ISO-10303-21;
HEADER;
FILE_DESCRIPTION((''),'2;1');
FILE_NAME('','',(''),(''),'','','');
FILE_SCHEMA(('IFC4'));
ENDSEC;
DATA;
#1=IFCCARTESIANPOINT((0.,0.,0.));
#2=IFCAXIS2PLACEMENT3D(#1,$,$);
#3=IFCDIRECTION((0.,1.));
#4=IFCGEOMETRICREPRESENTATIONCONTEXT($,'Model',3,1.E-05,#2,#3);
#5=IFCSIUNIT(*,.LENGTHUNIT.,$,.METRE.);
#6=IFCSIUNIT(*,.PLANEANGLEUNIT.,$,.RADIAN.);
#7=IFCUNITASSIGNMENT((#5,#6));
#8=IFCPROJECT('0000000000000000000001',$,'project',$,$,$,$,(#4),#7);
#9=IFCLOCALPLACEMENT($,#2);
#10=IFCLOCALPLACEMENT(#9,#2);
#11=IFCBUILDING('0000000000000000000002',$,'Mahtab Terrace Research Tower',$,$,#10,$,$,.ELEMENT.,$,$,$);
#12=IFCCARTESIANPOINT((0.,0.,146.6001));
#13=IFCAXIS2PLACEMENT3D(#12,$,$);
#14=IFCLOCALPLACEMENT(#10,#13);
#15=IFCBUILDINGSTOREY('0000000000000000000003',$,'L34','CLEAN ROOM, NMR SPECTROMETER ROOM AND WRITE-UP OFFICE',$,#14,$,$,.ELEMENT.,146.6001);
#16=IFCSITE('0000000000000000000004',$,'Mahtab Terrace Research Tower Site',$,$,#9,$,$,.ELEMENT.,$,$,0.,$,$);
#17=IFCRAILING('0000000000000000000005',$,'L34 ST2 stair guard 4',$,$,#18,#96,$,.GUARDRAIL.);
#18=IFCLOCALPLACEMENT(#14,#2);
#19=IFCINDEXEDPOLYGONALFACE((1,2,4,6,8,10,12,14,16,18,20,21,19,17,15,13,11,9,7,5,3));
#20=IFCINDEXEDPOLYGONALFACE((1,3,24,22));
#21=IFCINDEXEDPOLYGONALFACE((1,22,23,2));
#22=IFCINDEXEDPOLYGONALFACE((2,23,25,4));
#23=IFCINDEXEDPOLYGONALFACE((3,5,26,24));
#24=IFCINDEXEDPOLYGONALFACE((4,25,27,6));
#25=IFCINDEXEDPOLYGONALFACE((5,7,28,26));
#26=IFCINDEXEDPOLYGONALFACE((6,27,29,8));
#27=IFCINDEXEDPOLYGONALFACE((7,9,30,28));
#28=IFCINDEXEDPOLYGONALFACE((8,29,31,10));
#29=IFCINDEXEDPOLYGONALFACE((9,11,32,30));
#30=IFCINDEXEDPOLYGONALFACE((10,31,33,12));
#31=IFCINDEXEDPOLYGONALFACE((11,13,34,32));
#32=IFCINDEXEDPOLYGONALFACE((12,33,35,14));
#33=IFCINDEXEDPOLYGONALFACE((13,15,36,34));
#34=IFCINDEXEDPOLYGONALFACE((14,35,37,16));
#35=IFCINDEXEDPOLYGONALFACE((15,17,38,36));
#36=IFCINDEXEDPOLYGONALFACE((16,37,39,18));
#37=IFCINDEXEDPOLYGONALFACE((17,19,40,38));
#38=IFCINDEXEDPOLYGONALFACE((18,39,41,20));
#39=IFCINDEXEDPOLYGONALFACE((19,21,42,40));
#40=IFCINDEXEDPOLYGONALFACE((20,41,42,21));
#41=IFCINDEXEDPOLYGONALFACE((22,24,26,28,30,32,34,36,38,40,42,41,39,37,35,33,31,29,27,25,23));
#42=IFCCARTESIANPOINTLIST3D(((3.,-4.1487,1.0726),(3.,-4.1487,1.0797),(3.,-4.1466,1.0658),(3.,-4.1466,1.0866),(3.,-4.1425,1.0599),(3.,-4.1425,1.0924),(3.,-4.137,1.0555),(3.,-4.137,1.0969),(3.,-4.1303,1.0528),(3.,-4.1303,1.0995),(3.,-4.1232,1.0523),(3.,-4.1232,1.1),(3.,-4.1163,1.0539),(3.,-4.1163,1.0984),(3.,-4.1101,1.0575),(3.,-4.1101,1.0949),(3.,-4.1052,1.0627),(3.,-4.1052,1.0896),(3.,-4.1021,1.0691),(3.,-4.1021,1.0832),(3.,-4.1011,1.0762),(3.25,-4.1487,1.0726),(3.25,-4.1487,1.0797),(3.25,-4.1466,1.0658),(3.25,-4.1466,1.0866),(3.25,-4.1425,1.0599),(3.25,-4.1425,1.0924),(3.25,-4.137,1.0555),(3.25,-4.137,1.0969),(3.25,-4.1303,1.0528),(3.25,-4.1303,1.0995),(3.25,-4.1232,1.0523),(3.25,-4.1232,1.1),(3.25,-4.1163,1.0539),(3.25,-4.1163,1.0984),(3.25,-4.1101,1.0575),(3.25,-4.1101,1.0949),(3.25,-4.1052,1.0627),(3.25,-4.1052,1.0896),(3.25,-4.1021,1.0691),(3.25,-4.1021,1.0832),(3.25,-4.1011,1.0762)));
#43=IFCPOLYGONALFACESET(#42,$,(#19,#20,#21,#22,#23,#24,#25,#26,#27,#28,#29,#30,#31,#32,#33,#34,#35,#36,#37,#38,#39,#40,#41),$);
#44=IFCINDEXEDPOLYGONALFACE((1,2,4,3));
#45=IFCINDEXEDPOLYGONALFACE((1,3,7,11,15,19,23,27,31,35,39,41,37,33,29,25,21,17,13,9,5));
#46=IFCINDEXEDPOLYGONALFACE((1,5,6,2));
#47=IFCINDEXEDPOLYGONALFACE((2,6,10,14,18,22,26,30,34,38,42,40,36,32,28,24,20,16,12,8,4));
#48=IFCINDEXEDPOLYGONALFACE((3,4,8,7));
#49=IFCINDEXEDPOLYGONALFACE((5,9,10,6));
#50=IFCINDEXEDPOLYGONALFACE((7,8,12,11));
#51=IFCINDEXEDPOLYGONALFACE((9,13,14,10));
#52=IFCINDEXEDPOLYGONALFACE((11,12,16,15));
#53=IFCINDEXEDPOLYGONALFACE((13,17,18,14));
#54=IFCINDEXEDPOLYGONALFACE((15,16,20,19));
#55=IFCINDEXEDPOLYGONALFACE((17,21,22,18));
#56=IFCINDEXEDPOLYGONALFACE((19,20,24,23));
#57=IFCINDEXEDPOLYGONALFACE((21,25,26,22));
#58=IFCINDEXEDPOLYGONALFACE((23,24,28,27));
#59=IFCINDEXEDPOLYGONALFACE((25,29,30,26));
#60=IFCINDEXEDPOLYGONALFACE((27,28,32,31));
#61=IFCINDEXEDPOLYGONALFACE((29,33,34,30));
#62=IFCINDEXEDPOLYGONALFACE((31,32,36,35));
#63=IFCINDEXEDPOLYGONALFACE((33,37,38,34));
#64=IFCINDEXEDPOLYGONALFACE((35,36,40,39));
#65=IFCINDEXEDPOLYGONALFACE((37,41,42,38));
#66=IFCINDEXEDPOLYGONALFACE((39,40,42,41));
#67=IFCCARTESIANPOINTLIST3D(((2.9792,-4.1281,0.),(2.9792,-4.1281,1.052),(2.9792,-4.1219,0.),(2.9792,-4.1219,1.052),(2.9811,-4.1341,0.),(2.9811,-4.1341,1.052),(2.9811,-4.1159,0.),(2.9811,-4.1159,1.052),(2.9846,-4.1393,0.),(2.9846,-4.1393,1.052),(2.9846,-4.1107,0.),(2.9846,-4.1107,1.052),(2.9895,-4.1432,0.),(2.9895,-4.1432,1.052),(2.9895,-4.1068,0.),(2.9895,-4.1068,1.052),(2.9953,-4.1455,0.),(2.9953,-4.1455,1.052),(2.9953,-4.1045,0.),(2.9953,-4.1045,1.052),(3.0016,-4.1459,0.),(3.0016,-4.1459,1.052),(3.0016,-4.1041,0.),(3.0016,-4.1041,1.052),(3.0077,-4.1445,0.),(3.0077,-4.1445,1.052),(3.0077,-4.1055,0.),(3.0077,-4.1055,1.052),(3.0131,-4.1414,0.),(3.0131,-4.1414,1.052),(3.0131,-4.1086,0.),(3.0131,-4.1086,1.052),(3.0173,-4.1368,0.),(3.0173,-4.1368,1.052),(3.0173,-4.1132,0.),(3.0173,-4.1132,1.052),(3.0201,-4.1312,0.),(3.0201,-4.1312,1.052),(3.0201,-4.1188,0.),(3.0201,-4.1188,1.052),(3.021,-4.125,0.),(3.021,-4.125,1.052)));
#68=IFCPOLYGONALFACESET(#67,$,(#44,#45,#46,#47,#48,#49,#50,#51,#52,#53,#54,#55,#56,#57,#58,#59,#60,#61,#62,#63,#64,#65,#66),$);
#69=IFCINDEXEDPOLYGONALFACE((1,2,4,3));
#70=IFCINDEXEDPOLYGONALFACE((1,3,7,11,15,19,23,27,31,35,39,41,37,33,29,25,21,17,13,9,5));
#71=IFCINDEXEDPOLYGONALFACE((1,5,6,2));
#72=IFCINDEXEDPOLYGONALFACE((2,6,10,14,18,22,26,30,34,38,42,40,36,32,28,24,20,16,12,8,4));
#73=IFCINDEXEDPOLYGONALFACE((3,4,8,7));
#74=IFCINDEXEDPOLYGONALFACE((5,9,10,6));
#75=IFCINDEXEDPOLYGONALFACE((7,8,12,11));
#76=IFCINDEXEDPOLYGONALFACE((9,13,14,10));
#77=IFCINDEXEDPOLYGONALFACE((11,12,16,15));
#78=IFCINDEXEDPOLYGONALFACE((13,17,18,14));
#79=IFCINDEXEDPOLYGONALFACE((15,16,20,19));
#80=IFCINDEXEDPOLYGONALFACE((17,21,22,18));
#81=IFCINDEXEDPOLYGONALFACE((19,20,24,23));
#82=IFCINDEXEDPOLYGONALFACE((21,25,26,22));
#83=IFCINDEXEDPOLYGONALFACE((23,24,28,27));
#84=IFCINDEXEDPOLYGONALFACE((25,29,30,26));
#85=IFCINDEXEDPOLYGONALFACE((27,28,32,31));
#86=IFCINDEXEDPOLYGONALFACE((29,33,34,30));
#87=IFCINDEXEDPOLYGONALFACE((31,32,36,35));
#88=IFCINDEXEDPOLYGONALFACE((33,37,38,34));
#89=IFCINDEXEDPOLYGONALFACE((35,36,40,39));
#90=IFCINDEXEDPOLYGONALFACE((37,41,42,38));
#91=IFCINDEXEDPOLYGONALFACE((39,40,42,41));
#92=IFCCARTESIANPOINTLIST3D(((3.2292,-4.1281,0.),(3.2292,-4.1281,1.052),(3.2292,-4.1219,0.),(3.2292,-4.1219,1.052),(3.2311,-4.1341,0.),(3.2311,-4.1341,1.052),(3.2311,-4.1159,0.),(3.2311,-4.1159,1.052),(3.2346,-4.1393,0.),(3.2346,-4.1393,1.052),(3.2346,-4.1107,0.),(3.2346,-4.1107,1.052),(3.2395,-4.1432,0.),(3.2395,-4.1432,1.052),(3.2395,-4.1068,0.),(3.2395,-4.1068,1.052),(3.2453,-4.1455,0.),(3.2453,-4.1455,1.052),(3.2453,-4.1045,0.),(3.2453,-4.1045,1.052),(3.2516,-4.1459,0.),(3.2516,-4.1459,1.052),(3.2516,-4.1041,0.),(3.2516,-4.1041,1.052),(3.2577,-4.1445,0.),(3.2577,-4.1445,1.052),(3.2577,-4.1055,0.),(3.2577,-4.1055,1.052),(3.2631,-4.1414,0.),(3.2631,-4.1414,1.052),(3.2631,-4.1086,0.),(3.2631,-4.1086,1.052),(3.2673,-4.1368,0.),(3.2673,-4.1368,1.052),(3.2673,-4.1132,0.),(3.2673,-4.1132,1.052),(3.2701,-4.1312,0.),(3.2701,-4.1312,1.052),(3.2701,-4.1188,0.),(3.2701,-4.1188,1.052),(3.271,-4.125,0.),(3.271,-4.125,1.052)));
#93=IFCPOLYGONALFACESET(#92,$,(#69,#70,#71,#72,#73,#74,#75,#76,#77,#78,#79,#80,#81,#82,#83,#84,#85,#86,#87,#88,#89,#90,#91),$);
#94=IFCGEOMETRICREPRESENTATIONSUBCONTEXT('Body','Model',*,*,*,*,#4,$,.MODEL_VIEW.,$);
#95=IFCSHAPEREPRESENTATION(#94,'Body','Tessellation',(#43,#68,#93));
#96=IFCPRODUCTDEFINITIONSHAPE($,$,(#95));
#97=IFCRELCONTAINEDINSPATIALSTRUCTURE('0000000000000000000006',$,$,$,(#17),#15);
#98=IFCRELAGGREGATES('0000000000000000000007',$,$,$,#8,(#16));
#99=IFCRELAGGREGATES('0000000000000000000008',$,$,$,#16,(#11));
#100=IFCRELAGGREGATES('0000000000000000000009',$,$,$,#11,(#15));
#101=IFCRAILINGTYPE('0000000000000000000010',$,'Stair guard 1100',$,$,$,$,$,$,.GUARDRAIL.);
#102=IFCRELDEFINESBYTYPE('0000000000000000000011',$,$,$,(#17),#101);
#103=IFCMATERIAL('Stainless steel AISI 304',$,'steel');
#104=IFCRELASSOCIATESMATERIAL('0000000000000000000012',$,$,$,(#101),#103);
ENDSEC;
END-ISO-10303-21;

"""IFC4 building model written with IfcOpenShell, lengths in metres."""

from ifc_helpers import new_model, si_unit, direction, frame, origin, origin_2d, place, context, subcontext, project, spatial, circle, extrude, material, type_object, element, save


model = new_model("IFC4")

# Units and contexts
model_context = context("Model", 3, precision=1e-05, world=origin(), true_north=direction((0.0, 1.0)))
body_context = subcontext(model_context, "Body", "Model", "MODEL_VIEW")
ifc_project = project(units=[si_unit("LENGTHUNIT", "METRE"), si_unit("PLANEANGLEUNIT", "RADIAN")], contexts=[model_context])

# Site, building, storey
site_placement = place(None, origin())
site = spatial("IfcSite", under=ifc_project, at=site_placement, Name="Mahtab Terrace Research Tower Site", CompositionType="ELEMENT", RefElevation=0.0)
building_placement = place(site_placement, origin())
building = spatial("IfcBuilding", under=site, at=building_placement, Name="Mahtab Terrace Research Tower", CompositionType="ELEMENT")
storey_placement = place(building_placement, frame((0.0, 0.0, 146.6001)))
storey = spatial("IfcBuildingStorey", under=building, at=storey_placement, Name="L34", Description="CLEAN ROOM, NMR SPECTROMETER ROOM AND WRITE-UP OFFICE", CompositionType="ELEMENT", Elevation=146.6001)

# Railing
ifc_material_1 = material(Name="Stainless steel AISI 304", Category="steel")
railing_type_1 = type_object("IfcRailingType", Name="Stair guard 1100", PredefinedType="GUARDRAIL", material=ifc_material_1)
railing_1_placement = place(storey_placement, frame((3.0, -4.125, 0.0)))
element("IfcRailing", 1, at=railing_1_placement, inside=storey, type_object=railing_type_1, Name="L34 ST2 stair guard 4", PredefinedType="GUARDRAIL", context=body_context, shape_type="SweptSolid", body=[
    extrude(circle(Radius=0.0239, at=origin_2d()), frame((0.0, 0.0, 1.0762), z_axis=(1.0, 0.0, 0.0), x_axis=(0.0, 1.0, 0.0)), (0.0, 0.0, 1.0), 0.25),
    extrude(circle(Radius=0.021, at=origin_2d()), origin(), (0.0, 0.0, 1.0), 1.052),
    extrude(circle(Radius=0.021, at=origin_2d()), frame((0.25, 0.0, 0.0)), (0.0, 0.0, 1.0), 1.052),
])

save(model, "model.ifc")
